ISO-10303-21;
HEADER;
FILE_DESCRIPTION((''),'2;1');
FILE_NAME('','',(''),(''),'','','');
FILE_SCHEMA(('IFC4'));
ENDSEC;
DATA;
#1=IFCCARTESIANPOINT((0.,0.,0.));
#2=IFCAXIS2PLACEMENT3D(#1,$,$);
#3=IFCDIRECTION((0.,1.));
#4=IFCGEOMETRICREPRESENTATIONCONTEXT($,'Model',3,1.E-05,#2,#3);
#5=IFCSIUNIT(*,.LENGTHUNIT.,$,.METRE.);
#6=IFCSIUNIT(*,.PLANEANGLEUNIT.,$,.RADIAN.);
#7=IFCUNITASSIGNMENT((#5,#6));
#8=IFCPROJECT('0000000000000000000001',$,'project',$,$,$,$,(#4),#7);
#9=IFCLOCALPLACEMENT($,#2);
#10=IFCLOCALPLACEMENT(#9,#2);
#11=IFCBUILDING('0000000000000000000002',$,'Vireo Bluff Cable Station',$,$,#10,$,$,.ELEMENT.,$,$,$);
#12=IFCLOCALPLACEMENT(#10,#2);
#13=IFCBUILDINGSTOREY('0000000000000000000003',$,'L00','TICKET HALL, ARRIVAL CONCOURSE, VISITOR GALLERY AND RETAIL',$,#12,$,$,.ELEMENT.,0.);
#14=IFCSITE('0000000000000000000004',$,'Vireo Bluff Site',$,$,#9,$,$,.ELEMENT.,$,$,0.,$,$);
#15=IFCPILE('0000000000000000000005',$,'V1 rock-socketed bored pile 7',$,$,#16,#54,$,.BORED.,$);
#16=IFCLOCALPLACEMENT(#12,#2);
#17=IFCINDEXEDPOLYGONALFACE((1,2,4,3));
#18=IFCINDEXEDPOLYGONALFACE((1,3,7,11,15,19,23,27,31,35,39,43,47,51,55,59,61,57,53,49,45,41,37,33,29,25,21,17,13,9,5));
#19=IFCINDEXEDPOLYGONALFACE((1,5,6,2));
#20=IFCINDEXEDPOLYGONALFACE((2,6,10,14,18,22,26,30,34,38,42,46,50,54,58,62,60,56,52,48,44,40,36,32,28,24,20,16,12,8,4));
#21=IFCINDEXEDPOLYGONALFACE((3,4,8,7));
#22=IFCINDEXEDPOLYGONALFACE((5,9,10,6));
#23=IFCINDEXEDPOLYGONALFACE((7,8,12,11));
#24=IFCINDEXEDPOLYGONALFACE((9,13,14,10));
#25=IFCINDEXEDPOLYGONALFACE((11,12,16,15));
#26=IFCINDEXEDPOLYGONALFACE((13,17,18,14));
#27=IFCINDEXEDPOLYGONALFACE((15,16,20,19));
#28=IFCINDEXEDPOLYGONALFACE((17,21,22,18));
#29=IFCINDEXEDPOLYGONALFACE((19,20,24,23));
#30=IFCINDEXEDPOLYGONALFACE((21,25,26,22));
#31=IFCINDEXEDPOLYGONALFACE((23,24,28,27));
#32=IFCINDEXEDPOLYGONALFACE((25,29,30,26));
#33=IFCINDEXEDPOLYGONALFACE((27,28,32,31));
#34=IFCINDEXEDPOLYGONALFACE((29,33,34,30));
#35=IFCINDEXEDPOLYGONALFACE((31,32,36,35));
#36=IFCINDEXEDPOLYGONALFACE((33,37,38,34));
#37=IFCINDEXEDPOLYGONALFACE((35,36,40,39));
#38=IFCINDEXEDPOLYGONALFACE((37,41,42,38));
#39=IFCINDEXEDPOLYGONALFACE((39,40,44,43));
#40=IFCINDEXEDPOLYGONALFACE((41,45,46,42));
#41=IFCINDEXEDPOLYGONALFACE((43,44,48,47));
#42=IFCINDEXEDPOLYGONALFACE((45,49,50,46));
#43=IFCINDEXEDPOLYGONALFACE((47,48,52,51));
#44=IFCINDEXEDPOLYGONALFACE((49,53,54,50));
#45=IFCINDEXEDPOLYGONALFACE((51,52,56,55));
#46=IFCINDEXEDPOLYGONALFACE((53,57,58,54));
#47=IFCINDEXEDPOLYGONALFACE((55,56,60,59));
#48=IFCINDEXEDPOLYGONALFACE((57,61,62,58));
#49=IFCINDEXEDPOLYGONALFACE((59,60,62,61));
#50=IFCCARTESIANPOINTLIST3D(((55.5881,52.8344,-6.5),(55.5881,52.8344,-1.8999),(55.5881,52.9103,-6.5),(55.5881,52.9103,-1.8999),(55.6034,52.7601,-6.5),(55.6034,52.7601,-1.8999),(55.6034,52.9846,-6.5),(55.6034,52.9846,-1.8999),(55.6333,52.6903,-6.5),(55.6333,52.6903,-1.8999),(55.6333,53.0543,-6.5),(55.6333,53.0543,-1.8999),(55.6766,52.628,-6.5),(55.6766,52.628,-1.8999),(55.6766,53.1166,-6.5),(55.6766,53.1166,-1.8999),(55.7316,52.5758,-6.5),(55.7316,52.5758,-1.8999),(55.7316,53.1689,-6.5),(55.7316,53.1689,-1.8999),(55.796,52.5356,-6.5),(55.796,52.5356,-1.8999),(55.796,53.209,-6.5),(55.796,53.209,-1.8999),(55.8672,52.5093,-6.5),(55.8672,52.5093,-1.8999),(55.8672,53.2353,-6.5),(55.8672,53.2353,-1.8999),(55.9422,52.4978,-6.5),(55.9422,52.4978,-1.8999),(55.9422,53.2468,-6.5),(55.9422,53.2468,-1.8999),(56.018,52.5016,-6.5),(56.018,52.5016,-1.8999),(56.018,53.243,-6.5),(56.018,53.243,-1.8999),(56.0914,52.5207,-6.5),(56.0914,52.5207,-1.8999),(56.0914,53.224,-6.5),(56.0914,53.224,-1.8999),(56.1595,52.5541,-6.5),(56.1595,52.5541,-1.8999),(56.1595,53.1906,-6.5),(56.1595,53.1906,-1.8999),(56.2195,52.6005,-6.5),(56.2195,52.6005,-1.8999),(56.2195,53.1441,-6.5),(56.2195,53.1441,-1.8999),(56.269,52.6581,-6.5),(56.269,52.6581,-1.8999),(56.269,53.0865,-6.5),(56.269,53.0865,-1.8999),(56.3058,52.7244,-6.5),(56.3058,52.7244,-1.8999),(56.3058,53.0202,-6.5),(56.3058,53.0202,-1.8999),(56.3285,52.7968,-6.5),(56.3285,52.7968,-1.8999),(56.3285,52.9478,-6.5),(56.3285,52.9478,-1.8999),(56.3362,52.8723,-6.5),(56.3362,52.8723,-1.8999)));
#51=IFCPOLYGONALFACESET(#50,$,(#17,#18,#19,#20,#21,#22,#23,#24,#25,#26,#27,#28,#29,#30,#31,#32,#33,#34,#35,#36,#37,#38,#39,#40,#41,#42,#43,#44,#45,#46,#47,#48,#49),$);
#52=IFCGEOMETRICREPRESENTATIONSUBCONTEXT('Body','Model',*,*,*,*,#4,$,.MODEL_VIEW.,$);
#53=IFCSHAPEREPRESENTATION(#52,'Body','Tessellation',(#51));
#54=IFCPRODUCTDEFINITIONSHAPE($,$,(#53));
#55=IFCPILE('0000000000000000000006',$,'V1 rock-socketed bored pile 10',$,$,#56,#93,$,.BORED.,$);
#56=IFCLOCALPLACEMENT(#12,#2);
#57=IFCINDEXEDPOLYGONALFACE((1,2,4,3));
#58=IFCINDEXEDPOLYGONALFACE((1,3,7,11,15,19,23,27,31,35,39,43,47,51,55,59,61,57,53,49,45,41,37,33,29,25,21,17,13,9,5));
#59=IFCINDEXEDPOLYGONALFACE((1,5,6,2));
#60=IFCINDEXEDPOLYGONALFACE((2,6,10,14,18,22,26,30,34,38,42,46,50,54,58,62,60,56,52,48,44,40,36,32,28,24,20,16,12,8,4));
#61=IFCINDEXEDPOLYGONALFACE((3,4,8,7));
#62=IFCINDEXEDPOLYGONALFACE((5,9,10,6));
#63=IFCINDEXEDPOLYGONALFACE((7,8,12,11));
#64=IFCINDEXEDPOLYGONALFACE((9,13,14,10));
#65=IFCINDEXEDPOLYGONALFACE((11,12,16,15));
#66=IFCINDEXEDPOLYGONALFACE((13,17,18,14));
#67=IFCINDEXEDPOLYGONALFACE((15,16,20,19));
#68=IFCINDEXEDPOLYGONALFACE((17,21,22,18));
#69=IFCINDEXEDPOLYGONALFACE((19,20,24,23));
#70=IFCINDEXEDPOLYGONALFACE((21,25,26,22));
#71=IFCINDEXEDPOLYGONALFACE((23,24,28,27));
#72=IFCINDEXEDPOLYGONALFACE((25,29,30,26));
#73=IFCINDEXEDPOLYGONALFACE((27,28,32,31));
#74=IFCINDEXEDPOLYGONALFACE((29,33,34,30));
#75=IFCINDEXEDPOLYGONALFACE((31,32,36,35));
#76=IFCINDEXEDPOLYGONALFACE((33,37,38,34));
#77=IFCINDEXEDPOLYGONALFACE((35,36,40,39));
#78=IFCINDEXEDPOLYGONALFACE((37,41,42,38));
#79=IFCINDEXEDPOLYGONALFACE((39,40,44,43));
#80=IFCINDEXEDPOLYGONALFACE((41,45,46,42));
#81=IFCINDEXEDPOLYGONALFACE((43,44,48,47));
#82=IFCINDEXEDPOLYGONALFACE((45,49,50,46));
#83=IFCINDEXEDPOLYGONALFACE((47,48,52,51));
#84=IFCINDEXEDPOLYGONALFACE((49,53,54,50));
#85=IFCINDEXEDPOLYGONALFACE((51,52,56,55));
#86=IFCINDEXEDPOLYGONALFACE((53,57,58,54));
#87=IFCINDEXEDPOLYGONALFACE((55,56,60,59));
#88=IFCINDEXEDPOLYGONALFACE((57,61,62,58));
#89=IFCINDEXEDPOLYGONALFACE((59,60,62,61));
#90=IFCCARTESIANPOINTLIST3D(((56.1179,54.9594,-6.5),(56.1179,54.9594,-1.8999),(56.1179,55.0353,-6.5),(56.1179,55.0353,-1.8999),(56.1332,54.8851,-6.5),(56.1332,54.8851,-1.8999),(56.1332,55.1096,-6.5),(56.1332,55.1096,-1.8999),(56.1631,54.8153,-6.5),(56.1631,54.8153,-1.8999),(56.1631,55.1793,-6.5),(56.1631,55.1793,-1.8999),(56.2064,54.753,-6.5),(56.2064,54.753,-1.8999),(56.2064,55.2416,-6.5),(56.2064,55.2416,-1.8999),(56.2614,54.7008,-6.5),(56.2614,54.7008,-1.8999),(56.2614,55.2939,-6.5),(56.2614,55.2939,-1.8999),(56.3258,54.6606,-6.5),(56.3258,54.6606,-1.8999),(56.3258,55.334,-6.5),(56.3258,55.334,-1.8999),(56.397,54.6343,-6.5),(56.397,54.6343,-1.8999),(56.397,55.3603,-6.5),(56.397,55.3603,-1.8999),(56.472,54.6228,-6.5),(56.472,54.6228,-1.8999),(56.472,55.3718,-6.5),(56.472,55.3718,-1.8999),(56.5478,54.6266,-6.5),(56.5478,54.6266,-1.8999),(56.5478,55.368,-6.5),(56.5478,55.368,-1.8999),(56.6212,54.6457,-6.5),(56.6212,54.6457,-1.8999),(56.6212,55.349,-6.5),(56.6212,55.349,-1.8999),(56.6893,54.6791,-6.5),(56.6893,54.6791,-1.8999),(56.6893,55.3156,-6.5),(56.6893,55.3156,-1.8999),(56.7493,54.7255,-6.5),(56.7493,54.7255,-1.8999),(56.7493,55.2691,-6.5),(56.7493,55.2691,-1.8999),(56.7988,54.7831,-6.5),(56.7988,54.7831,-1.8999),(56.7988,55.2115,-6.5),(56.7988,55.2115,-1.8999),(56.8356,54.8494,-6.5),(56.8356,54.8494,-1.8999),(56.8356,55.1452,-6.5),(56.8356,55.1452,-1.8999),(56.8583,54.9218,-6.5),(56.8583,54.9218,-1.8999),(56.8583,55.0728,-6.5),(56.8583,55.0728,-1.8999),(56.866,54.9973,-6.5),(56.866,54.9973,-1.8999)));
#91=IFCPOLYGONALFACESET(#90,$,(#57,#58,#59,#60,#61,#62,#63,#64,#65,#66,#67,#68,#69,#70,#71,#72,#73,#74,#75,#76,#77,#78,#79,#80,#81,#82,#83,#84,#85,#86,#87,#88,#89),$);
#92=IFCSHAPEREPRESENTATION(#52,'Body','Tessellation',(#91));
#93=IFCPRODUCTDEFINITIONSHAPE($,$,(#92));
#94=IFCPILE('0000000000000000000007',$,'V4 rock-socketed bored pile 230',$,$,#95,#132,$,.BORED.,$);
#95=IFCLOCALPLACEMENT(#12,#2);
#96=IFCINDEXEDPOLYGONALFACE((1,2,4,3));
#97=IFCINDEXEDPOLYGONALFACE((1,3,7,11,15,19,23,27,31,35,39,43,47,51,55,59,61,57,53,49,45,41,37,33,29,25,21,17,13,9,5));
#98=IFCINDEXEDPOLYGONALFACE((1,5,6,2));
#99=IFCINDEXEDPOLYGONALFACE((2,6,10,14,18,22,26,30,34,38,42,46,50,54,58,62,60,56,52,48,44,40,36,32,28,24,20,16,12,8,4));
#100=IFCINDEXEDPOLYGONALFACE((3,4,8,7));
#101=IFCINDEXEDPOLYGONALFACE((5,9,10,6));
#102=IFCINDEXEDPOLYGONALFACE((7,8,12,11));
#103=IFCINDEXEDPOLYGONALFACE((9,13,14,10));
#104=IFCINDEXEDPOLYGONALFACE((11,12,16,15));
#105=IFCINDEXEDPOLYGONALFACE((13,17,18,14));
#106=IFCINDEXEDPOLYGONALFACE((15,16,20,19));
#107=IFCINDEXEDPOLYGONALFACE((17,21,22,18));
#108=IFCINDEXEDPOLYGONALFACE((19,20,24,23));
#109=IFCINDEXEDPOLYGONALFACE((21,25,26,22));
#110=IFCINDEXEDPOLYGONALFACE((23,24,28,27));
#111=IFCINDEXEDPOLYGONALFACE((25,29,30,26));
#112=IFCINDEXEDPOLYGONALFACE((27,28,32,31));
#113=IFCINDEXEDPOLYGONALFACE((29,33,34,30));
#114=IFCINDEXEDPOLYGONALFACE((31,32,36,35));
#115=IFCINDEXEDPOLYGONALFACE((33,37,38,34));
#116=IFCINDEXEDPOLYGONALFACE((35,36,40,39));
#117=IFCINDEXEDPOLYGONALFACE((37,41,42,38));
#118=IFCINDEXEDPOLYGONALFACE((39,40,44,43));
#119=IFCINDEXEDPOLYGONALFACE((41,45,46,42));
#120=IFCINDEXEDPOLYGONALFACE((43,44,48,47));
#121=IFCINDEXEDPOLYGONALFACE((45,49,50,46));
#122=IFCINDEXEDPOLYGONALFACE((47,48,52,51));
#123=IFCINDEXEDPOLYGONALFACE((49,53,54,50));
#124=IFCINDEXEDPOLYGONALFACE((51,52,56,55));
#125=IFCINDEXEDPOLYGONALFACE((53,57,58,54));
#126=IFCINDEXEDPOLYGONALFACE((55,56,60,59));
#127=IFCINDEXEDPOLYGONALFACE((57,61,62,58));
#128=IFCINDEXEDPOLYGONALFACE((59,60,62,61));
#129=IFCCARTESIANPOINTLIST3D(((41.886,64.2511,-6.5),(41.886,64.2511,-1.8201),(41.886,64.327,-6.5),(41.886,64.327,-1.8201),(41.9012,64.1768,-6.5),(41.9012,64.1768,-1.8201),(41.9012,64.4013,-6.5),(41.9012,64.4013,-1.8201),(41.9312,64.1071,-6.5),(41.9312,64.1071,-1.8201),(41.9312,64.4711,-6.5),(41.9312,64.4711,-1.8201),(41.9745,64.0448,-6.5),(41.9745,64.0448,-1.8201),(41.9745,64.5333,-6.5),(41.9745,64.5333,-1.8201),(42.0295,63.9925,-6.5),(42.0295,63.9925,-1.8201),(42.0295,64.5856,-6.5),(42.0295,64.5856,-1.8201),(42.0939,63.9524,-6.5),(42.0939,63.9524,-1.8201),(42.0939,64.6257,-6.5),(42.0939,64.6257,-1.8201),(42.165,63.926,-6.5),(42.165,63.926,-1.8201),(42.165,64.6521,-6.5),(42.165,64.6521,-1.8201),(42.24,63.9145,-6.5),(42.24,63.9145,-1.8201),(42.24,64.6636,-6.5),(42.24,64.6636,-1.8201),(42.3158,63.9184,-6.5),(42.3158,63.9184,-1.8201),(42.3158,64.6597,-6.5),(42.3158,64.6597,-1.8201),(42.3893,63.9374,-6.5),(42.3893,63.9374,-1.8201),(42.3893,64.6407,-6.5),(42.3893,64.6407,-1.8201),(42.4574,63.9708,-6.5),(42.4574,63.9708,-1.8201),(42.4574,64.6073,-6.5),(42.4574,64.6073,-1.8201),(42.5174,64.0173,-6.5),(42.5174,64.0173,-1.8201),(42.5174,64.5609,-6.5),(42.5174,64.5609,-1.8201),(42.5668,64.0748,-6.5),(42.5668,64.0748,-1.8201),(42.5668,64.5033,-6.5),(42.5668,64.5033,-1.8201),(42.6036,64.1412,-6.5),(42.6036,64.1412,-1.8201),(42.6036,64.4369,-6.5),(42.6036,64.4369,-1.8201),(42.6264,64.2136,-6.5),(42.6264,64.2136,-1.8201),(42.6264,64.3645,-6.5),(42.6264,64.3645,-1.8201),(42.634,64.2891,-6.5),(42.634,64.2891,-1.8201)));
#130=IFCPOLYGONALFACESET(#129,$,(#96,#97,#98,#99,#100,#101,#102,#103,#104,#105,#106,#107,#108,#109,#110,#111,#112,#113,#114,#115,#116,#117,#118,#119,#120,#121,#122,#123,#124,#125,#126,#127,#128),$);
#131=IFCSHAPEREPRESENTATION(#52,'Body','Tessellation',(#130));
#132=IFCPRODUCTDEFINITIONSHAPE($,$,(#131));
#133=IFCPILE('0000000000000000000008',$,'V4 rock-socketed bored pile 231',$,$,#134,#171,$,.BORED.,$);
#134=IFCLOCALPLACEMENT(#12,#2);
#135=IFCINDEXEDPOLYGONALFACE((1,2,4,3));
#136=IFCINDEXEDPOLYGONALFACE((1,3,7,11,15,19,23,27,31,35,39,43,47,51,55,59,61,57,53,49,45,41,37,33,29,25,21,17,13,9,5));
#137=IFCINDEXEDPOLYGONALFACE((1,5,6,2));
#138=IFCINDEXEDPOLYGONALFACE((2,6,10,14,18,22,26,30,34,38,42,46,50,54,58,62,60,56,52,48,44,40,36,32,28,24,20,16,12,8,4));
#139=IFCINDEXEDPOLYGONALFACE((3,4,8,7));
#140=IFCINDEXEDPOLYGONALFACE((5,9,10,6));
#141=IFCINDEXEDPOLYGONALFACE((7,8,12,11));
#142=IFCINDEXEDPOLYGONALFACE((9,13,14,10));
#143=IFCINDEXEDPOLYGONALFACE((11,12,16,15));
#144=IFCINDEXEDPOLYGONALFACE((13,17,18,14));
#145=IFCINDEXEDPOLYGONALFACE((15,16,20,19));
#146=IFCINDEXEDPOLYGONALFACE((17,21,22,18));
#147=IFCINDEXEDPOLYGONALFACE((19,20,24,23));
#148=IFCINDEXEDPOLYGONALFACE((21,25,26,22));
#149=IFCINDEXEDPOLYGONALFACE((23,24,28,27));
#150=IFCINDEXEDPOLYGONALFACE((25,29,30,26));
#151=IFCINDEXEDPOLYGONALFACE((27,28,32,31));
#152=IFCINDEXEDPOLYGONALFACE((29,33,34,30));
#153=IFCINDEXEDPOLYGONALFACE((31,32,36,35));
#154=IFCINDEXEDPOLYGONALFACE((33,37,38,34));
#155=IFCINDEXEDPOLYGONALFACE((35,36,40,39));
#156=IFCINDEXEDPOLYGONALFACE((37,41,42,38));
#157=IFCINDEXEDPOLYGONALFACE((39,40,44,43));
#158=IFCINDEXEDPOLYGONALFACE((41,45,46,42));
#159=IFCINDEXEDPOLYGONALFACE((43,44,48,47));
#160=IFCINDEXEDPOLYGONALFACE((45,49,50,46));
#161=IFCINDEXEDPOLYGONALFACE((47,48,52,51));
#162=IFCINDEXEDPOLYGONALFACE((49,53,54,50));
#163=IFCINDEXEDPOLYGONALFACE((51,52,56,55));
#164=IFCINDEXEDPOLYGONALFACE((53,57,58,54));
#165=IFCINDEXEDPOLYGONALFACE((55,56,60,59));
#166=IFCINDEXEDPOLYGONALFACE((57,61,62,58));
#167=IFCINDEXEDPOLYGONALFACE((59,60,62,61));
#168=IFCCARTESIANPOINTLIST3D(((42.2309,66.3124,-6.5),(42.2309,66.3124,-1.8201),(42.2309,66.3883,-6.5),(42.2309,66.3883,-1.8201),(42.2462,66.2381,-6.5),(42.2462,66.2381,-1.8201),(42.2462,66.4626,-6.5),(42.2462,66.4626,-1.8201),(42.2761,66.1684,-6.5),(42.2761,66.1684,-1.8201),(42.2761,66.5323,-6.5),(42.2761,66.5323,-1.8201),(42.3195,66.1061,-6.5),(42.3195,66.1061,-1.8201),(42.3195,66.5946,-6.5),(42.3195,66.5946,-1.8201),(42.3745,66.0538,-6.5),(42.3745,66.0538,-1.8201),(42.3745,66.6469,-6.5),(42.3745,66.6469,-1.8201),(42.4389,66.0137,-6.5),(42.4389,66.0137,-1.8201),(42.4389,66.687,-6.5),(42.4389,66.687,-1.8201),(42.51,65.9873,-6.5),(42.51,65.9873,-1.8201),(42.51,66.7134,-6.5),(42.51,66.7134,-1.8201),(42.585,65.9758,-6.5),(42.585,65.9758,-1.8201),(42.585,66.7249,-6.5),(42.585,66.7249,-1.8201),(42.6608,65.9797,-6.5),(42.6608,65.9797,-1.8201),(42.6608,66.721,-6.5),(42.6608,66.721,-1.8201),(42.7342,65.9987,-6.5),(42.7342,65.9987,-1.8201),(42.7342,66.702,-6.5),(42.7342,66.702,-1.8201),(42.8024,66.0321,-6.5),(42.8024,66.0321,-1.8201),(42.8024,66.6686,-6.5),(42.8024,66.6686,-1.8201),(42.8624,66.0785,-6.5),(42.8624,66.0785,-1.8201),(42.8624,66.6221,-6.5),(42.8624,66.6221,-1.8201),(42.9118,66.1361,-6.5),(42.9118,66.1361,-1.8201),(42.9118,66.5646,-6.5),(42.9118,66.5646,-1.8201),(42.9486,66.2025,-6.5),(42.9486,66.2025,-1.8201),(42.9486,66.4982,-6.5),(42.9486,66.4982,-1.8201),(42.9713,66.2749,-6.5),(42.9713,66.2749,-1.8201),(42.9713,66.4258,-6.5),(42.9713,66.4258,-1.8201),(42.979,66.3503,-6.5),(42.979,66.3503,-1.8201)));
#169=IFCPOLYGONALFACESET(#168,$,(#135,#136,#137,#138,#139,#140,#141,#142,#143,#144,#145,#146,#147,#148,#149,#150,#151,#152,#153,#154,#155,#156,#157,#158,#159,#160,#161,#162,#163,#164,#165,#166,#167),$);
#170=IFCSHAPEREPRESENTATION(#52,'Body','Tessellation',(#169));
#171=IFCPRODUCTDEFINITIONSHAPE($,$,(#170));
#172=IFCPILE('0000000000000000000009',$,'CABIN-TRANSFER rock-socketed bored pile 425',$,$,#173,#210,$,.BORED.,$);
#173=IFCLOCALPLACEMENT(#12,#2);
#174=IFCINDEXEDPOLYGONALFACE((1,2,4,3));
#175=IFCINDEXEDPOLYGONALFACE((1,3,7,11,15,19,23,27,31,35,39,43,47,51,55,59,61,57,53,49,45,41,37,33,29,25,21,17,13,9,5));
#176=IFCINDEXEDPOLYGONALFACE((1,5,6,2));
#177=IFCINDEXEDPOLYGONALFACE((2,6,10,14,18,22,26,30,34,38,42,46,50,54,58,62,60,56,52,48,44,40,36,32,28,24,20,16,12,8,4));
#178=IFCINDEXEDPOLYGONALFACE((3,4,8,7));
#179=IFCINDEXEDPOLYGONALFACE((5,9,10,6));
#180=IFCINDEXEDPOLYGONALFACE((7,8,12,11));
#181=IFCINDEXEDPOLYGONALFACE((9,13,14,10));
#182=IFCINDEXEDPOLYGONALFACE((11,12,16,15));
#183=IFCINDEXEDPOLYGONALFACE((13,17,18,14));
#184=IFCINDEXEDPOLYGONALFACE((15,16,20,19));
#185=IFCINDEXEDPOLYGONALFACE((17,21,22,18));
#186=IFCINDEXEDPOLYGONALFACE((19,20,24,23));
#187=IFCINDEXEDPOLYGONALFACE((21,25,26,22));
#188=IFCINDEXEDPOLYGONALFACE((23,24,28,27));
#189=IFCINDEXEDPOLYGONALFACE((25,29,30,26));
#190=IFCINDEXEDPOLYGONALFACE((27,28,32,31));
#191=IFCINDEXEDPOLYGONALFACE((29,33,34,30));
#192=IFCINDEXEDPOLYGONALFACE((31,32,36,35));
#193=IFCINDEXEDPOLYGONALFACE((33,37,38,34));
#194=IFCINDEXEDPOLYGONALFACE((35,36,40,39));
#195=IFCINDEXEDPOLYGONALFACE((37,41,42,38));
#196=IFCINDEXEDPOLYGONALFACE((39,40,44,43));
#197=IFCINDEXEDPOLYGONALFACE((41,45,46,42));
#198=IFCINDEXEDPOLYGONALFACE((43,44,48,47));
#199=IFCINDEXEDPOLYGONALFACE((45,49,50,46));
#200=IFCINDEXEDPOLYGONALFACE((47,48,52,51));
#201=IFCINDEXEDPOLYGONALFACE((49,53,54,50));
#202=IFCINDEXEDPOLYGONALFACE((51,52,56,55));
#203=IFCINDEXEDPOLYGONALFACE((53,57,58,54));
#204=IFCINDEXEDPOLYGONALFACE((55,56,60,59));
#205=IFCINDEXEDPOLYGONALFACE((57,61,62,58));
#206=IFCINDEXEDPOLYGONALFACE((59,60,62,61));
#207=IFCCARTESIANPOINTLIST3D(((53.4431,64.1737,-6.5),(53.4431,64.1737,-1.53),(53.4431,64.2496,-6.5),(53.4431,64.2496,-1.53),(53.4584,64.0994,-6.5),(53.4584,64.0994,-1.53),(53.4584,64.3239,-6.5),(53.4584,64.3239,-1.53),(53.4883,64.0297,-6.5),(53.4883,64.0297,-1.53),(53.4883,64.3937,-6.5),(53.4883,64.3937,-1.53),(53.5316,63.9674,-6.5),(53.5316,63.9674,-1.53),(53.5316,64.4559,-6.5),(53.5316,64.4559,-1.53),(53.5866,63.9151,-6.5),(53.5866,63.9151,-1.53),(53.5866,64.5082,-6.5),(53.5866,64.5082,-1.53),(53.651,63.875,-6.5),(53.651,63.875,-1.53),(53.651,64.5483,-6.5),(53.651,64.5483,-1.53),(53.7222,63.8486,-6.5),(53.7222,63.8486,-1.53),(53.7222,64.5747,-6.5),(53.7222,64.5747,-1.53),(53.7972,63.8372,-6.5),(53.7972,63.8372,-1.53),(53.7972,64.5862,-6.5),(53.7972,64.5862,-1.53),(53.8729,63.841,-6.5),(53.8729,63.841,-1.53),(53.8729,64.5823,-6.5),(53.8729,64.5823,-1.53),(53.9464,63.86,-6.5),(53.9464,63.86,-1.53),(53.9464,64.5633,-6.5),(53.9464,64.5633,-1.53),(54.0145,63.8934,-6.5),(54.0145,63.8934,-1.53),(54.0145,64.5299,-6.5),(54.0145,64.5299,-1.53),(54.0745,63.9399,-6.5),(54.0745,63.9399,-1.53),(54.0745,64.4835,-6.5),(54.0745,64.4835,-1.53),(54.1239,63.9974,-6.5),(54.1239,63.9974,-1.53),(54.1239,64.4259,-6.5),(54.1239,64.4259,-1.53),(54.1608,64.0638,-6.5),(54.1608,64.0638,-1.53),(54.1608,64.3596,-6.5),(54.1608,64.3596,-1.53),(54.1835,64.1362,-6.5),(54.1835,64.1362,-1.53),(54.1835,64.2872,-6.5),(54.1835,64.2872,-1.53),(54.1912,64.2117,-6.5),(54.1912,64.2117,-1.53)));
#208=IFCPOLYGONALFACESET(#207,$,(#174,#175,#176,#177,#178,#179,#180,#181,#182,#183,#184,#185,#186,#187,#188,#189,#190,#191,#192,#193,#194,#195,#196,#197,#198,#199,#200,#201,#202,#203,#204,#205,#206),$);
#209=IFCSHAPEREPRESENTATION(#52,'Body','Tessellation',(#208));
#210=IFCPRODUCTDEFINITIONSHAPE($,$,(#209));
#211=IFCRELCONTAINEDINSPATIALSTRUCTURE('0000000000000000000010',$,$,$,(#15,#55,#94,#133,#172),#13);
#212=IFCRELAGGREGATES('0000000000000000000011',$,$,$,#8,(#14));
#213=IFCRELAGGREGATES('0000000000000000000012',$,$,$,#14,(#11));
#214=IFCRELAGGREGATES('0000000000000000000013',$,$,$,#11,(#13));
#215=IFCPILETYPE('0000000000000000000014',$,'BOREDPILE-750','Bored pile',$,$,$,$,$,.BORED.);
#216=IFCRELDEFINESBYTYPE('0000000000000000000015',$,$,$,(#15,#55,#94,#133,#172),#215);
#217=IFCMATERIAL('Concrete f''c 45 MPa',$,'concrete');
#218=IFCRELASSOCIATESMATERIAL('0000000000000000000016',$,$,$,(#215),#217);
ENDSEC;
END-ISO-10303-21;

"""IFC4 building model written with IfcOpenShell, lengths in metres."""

from ifc_helpers import new_model, si_unit, direction, frame, origin, origin_2d, place, context, subcontext, project, spatial, circle, extrude, material, material_profile, profile_set, type_object, element, save


model = new_model("IFC4")

# Units and contexts
model_context = context("Model", 3, precision=1e-05, world=origin(), true_north=direction((0.0, 1.0)))
body_context = subcontext(model_context, "Body", "Model", "MODEL_VIEW")
ifc_project = project(units=[si_unit("LENGTHUNIT", "METRE"), si_unit("PLANEANGLEUNIT", "RADIAN")], contexts=[model_context])

# Site, building, storey
site_placement = place(None, origin())
site = spatial("IfcSite", under=ifc_project, at=site_placement, Name="Vireo Bluff Site", CompositionType="ELEMENT", RefElevation=0.0)
building_placement = place(site_placement, origin())
building = spatial("IfcBuilding", under=site, at=building_placement, Name="Vireo Bluff Cable Station", CompositionType="ELEMENT")
storey_placement = place(building_placement, origin())
storey = spatial("IfcBuildingStorey", under=building, at=storey_placement, Name="L00", Description="TICKET HALL, ARRIVAL CONCOURSE, VISITOR GALLERY AND RETAIL", CompositionType="ELEMENT", Elevation=0.0)

# Piles
ifc_material_1 = material(Name="Concrete f'c 45 MPa", Category="concrete")
ifc_material_profile_1 = material_profile(ifc_material_1, circle(Radius=0.375, at=origin_2d()), Name="BOREDPILE-750")
ifc_profile_set_1 = profile_set([ifc_material_profile_1], Name="Concrete f'c 45 MPa")
pile_type_1 = type_object("IfcPileType", Name="BOREDPILE-750", Description="Bored pile", PredefinedType="BORED", material=ifc_profile_set_1)
for number, where, z_axis, x_axis, name in (
    (1, (55.9612, 52.8723, -1.8999), (0.0, 0.0, -1.0), (1.0, 0.0, 0.0), "V1 rock-socketed bored pile 7"),
    (2, (56.491, 54.9973, -1.8999), (0.0, 0.0, -1.0), (1.0, 0.0, 0.0), "V1 rock-socketed bored pile 10"),
):
    element("IfcPile", number, at=place(storey_placement, frame(where, z_axis=z_axis, x_axis=x_axis)), inside=storey, type_object=pile_type_1, Name=name, PredefinedType="BORED", context=body_context, shape_type="SweptSolid", body=[
        extrude(circle(Radius=0.375, at=origin_2d()), origin(), (0.0, 0.0, 1.0), 4.6001),
    ])
for number, where, z_axis, x_axis, name in (
    (3, (42.259, 64.2891, -1.8201), (0.0, 0.0, -1.0), (1.0, 0.0, 0.0), "V4 rock-socketed bored pile 230"),
    (4, (42.604, 66.3503, -1.8201), (0.0, 0.0, -1.0), (1.0, 0.0, 0.0), "V4 rock-socketed bored pile 231"),
):
    element("IfcPile", number, at=place(storey_placement, frame(where, z_axis=z_axis, x_axis=x_axis)), inside=storey, type_object=pile_type_1, Name=name, PredefinedType="BORED", context=body_context, shape_type="SweptSolid", body=[
        extrude(circle(Radius=0.375, at=origin_2d()), origin(), (0.0, 0.0, 1.0), 4.6799),
    ])
for number, where, z_axis, x_axis, name in (
    (5, (53.8162, 64.2117, -1.53), (0.0, 0.0, -1.0), (1.0, 0.0, 0.0), "CABIN-TRANSFER rock-socketed bored pile 425"),
):
    element("IfcPile", number, at=place(storey_placement, frame(where, z_axis=z_axis, x_axis=x_axis)), inside=storey, type_object=pile_type_1, Name=name, PredefinedType="BORED", context=body_context, shape_type="SweptSolid", body=[
        extrude(circle(Radius=0.375, at=origin_2d()), origin(), (0.0, 0.0, 1.0), 4.97),
    ])

save(model, "model.ifc")
